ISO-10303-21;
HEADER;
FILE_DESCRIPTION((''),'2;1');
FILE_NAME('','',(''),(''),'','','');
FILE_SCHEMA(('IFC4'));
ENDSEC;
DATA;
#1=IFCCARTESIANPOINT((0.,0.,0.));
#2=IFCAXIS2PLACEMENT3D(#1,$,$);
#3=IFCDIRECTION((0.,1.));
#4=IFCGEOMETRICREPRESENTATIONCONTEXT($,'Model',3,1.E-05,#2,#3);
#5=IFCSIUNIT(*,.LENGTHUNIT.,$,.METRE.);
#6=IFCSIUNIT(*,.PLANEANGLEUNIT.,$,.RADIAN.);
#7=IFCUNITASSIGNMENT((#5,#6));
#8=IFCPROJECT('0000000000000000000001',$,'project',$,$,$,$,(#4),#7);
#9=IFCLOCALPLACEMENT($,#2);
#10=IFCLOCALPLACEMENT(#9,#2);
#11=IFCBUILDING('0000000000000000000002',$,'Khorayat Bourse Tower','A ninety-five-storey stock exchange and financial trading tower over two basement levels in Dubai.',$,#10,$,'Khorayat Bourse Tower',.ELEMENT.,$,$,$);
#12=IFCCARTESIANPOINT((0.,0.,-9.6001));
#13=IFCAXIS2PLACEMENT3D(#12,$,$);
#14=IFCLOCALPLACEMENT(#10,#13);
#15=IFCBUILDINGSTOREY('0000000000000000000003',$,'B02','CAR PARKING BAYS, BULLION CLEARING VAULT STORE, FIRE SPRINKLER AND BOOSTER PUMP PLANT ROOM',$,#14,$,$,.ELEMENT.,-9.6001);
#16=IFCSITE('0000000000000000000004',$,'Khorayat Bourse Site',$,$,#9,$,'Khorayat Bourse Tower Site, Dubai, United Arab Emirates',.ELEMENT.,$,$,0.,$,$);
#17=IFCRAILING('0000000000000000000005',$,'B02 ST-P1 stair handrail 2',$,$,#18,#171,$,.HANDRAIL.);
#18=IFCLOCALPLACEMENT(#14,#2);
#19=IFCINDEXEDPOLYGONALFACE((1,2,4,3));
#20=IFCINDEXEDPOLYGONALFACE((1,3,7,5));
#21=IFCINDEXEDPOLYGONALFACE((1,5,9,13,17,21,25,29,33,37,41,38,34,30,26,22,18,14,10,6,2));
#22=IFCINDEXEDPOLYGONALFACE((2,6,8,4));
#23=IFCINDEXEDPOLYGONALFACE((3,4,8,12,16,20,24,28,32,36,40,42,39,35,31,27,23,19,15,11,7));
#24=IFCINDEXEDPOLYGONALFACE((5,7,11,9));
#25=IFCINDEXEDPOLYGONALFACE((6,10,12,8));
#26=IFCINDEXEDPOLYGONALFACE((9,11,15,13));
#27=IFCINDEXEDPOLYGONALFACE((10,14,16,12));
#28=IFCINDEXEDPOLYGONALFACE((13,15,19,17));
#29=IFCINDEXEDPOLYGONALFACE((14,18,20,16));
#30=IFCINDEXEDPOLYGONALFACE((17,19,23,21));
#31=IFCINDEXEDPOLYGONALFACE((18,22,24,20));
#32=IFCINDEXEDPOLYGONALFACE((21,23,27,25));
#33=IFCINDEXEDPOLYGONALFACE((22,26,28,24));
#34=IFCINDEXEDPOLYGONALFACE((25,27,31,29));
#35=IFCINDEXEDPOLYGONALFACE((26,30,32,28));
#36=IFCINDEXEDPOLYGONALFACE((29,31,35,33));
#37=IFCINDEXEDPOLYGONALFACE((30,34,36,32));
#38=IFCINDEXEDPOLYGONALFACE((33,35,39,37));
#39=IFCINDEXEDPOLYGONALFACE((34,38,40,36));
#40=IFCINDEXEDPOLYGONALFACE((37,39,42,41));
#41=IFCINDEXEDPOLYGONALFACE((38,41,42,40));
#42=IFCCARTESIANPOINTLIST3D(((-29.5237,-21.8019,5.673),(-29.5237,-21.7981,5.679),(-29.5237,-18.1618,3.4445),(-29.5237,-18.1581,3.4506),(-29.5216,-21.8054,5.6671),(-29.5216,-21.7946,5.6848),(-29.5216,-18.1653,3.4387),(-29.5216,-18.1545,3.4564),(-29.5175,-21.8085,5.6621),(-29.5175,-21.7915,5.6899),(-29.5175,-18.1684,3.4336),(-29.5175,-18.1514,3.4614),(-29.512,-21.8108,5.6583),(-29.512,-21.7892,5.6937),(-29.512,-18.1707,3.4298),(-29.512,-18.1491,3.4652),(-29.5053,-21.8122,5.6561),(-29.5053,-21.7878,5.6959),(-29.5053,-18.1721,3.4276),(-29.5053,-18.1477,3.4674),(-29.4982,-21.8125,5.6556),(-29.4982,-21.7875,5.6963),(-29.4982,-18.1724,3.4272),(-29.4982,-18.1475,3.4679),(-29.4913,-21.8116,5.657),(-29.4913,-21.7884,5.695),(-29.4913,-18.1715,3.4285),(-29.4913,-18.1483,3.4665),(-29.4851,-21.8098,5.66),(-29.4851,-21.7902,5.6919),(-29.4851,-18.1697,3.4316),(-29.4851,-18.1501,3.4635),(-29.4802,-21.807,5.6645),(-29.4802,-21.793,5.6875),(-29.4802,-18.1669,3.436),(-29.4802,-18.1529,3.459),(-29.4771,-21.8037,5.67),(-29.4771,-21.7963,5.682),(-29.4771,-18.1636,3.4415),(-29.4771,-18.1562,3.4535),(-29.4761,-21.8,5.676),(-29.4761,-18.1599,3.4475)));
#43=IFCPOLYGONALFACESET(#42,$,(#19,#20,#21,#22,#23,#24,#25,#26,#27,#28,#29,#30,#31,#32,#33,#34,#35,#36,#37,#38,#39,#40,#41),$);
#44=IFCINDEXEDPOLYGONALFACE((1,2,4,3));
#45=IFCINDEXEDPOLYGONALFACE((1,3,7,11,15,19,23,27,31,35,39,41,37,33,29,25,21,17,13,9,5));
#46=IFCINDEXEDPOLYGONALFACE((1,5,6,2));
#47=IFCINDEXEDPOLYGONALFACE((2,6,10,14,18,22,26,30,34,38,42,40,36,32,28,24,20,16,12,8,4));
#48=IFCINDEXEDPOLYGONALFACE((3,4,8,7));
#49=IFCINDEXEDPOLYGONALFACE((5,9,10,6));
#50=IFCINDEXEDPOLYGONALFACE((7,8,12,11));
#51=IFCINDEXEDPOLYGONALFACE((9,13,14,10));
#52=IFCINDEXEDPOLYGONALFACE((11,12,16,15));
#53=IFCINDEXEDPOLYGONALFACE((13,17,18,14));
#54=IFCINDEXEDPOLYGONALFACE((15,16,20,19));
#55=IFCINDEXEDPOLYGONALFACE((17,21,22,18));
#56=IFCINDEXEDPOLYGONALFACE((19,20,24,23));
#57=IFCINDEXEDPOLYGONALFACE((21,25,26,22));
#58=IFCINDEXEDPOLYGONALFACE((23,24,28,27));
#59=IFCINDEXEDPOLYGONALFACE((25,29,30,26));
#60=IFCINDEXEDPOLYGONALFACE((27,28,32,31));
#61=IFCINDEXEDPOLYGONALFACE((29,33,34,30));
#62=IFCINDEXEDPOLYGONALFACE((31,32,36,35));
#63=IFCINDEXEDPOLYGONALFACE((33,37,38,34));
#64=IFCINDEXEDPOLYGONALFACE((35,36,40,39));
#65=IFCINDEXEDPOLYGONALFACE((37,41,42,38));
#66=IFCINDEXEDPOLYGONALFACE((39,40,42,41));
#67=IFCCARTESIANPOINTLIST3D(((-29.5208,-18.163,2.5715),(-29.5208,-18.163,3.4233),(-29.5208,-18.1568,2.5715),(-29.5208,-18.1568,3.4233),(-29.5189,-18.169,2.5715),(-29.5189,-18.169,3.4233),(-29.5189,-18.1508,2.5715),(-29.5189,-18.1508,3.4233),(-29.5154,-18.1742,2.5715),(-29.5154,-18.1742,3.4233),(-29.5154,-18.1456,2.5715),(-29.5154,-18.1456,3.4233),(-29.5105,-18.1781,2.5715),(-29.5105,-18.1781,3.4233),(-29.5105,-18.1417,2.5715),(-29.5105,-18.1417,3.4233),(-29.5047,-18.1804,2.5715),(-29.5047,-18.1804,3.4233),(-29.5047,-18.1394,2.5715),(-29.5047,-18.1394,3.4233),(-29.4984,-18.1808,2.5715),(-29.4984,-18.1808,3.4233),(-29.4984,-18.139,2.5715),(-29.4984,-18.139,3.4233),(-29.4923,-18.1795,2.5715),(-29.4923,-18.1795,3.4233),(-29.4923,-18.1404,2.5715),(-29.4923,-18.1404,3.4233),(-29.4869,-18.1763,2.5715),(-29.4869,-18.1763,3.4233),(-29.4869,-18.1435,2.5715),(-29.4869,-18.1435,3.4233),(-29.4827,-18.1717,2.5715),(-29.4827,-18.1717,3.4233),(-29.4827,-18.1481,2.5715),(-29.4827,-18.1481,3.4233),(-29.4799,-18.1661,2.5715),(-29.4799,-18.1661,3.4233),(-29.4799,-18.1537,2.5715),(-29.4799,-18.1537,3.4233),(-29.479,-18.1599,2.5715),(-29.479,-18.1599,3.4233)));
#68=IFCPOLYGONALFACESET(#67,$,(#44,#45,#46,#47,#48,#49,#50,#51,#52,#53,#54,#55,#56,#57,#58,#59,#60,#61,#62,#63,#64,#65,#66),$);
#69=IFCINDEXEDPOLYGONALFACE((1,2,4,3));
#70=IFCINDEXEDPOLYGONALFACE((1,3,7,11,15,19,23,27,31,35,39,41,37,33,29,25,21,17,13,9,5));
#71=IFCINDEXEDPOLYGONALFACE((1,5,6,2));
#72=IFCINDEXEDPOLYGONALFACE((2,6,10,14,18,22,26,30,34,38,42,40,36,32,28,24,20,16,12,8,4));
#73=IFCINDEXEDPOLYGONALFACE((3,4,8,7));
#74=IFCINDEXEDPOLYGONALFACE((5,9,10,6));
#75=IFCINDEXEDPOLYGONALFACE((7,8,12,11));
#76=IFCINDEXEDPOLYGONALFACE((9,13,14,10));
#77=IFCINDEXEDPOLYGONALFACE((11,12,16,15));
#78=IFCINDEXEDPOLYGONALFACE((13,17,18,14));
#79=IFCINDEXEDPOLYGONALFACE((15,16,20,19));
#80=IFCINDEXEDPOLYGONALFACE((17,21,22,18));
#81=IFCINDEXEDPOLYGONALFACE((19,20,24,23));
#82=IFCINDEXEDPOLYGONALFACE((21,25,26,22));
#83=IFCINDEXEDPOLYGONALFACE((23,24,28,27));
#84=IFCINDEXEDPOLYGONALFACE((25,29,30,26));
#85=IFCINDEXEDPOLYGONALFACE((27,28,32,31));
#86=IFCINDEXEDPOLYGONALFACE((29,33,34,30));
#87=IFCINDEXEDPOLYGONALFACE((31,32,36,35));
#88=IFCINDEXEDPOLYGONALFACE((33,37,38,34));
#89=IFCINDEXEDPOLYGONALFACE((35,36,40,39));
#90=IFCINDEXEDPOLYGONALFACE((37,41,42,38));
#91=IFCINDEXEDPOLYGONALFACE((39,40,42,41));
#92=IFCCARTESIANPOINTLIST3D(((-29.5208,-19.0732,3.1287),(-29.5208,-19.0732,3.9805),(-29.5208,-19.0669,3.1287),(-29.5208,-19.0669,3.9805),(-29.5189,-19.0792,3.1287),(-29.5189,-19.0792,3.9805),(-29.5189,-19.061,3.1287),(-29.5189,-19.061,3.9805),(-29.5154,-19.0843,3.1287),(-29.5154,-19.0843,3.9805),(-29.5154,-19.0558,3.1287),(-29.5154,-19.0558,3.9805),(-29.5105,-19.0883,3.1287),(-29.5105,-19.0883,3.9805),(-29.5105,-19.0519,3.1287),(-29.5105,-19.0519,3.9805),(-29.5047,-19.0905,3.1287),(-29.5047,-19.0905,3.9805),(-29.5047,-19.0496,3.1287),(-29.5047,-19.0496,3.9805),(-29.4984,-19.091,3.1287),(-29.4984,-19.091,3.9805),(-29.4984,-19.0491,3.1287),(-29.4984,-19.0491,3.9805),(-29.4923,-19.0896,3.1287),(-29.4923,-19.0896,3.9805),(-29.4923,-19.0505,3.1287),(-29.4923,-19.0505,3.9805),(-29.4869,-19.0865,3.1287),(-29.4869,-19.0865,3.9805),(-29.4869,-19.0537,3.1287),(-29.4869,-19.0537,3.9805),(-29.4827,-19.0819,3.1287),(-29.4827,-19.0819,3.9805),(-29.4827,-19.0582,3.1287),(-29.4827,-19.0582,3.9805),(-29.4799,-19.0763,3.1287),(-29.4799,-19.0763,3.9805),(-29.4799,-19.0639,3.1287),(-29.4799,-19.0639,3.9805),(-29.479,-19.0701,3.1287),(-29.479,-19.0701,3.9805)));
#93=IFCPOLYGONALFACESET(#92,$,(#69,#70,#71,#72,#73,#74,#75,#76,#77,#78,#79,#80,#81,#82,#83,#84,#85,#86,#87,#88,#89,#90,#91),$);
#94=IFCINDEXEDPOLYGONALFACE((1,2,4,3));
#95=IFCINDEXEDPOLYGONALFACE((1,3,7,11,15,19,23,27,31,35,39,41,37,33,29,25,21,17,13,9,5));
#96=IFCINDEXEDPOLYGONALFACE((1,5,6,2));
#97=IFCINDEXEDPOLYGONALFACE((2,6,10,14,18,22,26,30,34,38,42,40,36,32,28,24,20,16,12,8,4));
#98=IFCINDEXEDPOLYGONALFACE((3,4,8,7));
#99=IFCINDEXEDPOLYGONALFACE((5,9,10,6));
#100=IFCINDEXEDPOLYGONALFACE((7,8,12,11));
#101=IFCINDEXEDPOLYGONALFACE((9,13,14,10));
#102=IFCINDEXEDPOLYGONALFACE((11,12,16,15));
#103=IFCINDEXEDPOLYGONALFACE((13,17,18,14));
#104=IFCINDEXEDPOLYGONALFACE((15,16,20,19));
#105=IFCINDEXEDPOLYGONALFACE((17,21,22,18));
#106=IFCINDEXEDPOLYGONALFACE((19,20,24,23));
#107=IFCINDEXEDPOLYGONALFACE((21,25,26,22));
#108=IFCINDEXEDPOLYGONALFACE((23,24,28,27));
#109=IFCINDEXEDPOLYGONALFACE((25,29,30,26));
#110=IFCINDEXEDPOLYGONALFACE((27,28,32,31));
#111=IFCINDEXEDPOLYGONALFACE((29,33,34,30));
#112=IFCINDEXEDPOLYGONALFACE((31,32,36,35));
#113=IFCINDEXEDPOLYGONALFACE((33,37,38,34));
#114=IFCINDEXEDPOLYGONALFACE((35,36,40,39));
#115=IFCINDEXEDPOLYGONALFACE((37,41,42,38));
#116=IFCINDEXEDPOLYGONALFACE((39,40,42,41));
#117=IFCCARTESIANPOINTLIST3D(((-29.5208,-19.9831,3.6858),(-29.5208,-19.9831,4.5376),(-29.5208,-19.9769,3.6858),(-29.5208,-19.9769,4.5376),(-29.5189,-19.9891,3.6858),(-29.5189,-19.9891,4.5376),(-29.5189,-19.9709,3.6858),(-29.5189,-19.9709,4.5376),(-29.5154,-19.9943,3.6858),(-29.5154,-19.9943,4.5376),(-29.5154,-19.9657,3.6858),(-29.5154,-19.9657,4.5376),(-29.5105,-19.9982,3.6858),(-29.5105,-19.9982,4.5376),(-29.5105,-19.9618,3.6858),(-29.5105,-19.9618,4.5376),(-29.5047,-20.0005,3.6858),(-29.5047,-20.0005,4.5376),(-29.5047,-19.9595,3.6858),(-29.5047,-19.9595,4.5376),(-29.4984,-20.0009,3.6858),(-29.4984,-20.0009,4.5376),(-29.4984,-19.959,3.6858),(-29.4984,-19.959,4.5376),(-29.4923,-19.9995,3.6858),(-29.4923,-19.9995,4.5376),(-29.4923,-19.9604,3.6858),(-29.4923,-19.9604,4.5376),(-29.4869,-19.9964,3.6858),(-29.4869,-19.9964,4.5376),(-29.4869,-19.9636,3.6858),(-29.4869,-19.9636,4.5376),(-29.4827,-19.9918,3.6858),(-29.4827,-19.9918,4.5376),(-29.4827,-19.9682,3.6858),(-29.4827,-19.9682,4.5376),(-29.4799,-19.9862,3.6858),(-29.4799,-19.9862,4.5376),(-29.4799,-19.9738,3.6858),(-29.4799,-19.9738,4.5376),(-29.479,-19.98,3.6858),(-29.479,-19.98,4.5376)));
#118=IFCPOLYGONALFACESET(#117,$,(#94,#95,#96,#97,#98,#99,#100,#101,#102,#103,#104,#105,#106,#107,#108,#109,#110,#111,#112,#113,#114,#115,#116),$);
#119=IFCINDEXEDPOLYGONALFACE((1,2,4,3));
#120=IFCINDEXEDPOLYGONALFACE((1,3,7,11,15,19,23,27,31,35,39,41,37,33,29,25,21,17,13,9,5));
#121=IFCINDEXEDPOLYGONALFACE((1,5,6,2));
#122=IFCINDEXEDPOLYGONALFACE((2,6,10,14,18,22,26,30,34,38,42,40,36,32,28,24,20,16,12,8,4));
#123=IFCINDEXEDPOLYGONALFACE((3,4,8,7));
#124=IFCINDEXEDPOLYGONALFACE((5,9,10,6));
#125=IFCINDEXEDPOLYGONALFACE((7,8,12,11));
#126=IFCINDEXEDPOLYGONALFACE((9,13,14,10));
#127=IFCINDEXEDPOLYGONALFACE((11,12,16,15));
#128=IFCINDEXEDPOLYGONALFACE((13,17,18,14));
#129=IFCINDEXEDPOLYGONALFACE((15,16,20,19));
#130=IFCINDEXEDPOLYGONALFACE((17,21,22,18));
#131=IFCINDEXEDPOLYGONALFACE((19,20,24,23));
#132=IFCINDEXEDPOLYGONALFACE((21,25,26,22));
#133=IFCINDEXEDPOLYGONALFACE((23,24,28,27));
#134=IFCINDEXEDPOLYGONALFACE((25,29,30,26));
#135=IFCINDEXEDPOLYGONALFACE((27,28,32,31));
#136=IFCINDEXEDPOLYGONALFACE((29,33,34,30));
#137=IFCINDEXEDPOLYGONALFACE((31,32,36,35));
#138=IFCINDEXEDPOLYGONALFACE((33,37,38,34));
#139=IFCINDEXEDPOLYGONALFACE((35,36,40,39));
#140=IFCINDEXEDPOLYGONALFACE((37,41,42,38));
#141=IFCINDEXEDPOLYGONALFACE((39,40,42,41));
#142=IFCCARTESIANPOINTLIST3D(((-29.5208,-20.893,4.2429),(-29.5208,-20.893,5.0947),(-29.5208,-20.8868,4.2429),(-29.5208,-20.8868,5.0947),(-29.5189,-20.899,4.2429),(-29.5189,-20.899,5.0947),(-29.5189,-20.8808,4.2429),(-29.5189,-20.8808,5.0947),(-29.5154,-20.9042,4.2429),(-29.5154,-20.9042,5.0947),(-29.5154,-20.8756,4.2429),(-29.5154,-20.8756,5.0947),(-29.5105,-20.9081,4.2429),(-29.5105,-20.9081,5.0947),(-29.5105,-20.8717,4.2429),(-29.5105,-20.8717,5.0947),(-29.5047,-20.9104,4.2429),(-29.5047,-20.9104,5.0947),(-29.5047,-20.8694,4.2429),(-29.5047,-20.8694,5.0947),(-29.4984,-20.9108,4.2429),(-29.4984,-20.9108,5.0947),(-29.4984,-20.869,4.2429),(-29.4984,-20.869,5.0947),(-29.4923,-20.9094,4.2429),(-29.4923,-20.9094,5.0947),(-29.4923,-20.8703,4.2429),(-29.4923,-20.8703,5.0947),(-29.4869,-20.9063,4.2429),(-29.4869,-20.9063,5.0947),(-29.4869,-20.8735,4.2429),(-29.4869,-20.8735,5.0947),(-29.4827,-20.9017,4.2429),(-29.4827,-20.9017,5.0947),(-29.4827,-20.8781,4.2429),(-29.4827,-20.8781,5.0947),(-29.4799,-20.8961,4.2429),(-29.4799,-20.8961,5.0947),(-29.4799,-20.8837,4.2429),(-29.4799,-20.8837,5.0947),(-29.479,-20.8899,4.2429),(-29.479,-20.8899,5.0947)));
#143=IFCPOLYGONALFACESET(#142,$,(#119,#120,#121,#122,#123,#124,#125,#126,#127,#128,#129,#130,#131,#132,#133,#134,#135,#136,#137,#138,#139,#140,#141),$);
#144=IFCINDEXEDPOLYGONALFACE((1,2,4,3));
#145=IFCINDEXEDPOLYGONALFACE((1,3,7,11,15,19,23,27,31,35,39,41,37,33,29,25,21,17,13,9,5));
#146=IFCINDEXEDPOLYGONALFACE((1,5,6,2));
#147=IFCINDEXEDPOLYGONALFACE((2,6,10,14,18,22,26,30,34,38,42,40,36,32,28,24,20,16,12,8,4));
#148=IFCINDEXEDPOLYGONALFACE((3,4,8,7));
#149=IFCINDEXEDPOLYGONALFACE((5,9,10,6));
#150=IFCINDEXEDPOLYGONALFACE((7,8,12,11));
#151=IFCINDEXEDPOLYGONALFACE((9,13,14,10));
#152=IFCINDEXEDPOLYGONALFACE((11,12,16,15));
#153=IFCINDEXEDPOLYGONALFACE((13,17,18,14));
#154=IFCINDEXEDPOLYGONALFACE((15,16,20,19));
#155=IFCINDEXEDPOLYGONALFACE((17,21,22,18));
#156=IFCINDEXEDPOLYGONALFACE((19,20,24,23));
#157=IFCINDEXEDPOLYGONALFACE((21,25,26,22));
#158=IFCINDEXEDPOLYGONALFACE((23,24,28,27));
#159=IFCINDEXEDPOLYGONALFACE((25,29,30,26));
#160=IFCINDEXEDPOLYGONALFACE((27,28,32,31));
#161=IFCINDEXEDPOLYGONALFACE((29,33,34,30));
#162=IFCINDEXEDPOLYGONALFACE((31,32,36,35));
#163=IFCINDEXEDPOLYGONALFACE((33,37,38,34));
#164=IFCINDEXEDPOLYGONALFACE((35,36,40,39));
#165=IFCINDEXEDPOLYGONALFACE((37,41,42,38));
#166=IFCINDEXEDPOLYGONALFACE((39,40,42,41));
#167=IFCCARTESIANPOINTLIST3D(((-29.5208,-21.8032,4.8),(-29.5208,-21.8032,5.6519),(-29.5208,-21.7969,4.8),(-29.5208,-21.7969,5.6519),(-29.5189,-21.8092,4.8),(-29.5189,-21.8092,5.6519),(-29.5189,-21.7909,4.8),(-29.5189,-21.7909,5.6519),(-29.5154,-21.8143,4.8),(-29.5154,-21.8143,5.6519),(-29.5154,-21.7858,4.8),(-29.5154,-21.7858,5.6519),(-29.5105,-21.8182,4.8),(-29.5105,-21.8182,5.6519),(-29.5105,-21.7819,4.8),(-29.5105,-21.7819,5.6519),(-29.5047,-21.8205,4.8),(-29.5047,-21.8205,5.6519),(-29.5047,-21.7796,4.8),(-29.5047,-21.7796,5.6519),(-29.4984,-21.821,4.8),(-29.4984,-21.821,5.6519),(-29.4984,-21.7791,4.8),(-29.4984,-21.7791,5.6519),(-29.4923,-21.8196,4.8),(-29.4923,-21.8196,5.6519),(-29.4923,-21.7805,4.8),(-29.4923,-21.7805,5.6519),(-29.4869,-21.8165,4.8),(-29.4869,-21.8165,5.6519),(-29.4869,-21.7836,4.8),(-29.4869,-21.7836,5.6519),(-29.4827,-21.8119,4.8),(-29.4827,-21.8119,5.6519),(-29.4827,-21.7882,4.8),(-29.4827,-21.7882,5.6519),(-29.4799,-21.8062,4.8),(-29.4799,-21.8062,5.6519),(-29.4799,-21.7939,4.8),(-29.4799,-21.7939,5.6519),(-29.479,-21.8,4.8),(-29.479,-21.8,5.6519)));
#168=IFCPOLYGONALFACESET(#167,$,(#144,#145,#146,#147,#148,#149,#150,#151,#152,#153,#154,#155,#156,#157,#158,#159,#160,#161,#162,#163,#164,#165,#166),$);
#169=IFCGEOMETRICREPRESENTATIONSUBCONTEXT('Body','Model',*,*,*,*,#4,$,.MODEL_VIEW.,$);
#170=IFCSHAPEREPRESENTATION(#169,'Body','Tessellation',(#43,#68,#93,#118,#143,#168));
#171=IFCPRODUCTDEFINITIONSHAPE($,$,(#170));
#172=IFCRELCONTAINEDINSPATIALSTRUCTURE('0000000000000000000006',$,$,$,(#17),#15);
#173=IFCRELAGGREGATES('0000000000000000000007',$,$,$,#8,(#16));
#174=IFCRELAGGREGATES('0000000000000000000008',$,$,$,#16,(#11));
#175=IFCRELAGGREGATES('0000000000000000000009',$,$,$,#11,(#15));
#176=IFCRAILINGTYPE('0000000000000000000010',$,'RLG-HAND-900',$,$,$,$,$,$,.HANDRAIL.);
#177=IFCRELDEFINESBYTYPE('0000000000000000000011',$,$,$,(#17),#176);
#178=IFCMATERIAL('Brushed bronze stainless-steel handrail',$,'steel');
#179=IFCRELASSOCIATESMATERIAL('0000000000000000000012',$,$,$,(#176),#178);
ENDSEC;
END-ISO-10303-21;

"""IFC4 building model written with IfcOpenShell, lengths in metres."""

from ifc_helpers import new_model, si_unit, direction, frame, origin, origin_2d, place, context, subcontext, project, spatial, circle, extrude, source, transform, mapped, material, type_object, element, save


model = new_model("IFC4")

# Units and contexts
model_context = context("Model", 3, precision=1e-05, world=origin(), true_north=direction((0.0, 1.0)))
body_context = subcontext(model_context, "Body", "Model", "MODEL_VIEW")
ifc_project = project(units=[si_unit("LENGTHUNIT", "METRE"), si_unit("PLANEANGLEUNIT", "RADIAN")], contexts=[model_context])

# Site, building, storey
site_placement = place(None, origin())
site = spatial("IfcSite", under=ifc_project, at=site_placement, Name="Khorayat Bourse Site", LongName="Khorayat Bourse Tower Site, Dubai, United Arab Emirates", CompositionType="ELEMENT", RefElevation=0.0)
building_placement = place(site_placement, origin())
building = spatial("IfcBuilding", under=site, at=building_placement, Name="Khorayat Bourse Tower", Description="A ninety-five-storey stock exchange and financial trading tower over two basement levels in Dubai.", LongName="Khorayat Bourse Tower", CompositionType="ELEMENT")
storey_placement = place(building_placement, frame((0.0, 0.0, -9.6001)))
storey = spatial("IfcBuildingStorey", under=building, at=storey_placement, Name="B02", Description="CAR PARKING BAYS, BULLION CLEARING VAULT STORE, FIRE SPRINKLER AND BOOSTER PUMP PLANT ROOM", CompositionType="ELEMENT", Elevation=-9.6001)

# Railing
ifc_material_1 = material(Name="Brushed bronze stainless-steel handrail", Category="steel")
railing_type_1 = type_object("IfcRailingType", Name="RLG-HAND-900", PredefinedType="HANDRAIL", material=ifc_material_1)
shared_shape_1 = source(origin(), body_context, "Body", "SweptSolid", [
    extrude(circle(Radius=0.0239, at=origin_2d()), frame((0.0, 0.0, 0.876), z_axis=(0.0, -0.852866, 0.52213), x_axis=(1.0, 0.0, 0.0)), (0.0, 0.0, 1.0), 4.2681),
    extrude(circle(Radius=0.021, at=origin_2d()), origin(), (0.0, 0.0, 1.0), 0.8518),
    extrude(circle(Radius=0.021, at=origin_2d()), frame((0.0, -0.9102, 0.5571)), (0.0, 0.0, 1.0), 0.8518),
    extrude(circle(Radius=0.021, at=origin_2d()), frame((0.0, -1.8201, 1.1143)), (0.0, 0.0, 1.0), 0.8518),
    extrude(circle(Radius=0.021, at=origin_2d()), frame((0.0, -2.73, 1.6714)), (0.0, 0.0, 1.0), 0.8518),
    extrude(circle(Radius=0.021, at=origin_2d()), frame((0.0, -3.6401, 2.2285)), (0.0, 0.0, 1.0), 0.8518),
])
railing_1_placement = place(storey_placement, frame((-29.5, -18.1599, 2.5715)))
element("IfcRailing", 1, at=railing_1_placement, inside=storey, type_object=railing_type_1, Name="B02 ST-P1 stair handrail 2", PredefinedType="HANDRAIL", context=body_context, shape_type="MappedRepresentation", body=[
    mapped(shared_shape_1, transform((0.0, 0.0, 0.0), scale=1.0)),
])

save(model, "model.ifc")
